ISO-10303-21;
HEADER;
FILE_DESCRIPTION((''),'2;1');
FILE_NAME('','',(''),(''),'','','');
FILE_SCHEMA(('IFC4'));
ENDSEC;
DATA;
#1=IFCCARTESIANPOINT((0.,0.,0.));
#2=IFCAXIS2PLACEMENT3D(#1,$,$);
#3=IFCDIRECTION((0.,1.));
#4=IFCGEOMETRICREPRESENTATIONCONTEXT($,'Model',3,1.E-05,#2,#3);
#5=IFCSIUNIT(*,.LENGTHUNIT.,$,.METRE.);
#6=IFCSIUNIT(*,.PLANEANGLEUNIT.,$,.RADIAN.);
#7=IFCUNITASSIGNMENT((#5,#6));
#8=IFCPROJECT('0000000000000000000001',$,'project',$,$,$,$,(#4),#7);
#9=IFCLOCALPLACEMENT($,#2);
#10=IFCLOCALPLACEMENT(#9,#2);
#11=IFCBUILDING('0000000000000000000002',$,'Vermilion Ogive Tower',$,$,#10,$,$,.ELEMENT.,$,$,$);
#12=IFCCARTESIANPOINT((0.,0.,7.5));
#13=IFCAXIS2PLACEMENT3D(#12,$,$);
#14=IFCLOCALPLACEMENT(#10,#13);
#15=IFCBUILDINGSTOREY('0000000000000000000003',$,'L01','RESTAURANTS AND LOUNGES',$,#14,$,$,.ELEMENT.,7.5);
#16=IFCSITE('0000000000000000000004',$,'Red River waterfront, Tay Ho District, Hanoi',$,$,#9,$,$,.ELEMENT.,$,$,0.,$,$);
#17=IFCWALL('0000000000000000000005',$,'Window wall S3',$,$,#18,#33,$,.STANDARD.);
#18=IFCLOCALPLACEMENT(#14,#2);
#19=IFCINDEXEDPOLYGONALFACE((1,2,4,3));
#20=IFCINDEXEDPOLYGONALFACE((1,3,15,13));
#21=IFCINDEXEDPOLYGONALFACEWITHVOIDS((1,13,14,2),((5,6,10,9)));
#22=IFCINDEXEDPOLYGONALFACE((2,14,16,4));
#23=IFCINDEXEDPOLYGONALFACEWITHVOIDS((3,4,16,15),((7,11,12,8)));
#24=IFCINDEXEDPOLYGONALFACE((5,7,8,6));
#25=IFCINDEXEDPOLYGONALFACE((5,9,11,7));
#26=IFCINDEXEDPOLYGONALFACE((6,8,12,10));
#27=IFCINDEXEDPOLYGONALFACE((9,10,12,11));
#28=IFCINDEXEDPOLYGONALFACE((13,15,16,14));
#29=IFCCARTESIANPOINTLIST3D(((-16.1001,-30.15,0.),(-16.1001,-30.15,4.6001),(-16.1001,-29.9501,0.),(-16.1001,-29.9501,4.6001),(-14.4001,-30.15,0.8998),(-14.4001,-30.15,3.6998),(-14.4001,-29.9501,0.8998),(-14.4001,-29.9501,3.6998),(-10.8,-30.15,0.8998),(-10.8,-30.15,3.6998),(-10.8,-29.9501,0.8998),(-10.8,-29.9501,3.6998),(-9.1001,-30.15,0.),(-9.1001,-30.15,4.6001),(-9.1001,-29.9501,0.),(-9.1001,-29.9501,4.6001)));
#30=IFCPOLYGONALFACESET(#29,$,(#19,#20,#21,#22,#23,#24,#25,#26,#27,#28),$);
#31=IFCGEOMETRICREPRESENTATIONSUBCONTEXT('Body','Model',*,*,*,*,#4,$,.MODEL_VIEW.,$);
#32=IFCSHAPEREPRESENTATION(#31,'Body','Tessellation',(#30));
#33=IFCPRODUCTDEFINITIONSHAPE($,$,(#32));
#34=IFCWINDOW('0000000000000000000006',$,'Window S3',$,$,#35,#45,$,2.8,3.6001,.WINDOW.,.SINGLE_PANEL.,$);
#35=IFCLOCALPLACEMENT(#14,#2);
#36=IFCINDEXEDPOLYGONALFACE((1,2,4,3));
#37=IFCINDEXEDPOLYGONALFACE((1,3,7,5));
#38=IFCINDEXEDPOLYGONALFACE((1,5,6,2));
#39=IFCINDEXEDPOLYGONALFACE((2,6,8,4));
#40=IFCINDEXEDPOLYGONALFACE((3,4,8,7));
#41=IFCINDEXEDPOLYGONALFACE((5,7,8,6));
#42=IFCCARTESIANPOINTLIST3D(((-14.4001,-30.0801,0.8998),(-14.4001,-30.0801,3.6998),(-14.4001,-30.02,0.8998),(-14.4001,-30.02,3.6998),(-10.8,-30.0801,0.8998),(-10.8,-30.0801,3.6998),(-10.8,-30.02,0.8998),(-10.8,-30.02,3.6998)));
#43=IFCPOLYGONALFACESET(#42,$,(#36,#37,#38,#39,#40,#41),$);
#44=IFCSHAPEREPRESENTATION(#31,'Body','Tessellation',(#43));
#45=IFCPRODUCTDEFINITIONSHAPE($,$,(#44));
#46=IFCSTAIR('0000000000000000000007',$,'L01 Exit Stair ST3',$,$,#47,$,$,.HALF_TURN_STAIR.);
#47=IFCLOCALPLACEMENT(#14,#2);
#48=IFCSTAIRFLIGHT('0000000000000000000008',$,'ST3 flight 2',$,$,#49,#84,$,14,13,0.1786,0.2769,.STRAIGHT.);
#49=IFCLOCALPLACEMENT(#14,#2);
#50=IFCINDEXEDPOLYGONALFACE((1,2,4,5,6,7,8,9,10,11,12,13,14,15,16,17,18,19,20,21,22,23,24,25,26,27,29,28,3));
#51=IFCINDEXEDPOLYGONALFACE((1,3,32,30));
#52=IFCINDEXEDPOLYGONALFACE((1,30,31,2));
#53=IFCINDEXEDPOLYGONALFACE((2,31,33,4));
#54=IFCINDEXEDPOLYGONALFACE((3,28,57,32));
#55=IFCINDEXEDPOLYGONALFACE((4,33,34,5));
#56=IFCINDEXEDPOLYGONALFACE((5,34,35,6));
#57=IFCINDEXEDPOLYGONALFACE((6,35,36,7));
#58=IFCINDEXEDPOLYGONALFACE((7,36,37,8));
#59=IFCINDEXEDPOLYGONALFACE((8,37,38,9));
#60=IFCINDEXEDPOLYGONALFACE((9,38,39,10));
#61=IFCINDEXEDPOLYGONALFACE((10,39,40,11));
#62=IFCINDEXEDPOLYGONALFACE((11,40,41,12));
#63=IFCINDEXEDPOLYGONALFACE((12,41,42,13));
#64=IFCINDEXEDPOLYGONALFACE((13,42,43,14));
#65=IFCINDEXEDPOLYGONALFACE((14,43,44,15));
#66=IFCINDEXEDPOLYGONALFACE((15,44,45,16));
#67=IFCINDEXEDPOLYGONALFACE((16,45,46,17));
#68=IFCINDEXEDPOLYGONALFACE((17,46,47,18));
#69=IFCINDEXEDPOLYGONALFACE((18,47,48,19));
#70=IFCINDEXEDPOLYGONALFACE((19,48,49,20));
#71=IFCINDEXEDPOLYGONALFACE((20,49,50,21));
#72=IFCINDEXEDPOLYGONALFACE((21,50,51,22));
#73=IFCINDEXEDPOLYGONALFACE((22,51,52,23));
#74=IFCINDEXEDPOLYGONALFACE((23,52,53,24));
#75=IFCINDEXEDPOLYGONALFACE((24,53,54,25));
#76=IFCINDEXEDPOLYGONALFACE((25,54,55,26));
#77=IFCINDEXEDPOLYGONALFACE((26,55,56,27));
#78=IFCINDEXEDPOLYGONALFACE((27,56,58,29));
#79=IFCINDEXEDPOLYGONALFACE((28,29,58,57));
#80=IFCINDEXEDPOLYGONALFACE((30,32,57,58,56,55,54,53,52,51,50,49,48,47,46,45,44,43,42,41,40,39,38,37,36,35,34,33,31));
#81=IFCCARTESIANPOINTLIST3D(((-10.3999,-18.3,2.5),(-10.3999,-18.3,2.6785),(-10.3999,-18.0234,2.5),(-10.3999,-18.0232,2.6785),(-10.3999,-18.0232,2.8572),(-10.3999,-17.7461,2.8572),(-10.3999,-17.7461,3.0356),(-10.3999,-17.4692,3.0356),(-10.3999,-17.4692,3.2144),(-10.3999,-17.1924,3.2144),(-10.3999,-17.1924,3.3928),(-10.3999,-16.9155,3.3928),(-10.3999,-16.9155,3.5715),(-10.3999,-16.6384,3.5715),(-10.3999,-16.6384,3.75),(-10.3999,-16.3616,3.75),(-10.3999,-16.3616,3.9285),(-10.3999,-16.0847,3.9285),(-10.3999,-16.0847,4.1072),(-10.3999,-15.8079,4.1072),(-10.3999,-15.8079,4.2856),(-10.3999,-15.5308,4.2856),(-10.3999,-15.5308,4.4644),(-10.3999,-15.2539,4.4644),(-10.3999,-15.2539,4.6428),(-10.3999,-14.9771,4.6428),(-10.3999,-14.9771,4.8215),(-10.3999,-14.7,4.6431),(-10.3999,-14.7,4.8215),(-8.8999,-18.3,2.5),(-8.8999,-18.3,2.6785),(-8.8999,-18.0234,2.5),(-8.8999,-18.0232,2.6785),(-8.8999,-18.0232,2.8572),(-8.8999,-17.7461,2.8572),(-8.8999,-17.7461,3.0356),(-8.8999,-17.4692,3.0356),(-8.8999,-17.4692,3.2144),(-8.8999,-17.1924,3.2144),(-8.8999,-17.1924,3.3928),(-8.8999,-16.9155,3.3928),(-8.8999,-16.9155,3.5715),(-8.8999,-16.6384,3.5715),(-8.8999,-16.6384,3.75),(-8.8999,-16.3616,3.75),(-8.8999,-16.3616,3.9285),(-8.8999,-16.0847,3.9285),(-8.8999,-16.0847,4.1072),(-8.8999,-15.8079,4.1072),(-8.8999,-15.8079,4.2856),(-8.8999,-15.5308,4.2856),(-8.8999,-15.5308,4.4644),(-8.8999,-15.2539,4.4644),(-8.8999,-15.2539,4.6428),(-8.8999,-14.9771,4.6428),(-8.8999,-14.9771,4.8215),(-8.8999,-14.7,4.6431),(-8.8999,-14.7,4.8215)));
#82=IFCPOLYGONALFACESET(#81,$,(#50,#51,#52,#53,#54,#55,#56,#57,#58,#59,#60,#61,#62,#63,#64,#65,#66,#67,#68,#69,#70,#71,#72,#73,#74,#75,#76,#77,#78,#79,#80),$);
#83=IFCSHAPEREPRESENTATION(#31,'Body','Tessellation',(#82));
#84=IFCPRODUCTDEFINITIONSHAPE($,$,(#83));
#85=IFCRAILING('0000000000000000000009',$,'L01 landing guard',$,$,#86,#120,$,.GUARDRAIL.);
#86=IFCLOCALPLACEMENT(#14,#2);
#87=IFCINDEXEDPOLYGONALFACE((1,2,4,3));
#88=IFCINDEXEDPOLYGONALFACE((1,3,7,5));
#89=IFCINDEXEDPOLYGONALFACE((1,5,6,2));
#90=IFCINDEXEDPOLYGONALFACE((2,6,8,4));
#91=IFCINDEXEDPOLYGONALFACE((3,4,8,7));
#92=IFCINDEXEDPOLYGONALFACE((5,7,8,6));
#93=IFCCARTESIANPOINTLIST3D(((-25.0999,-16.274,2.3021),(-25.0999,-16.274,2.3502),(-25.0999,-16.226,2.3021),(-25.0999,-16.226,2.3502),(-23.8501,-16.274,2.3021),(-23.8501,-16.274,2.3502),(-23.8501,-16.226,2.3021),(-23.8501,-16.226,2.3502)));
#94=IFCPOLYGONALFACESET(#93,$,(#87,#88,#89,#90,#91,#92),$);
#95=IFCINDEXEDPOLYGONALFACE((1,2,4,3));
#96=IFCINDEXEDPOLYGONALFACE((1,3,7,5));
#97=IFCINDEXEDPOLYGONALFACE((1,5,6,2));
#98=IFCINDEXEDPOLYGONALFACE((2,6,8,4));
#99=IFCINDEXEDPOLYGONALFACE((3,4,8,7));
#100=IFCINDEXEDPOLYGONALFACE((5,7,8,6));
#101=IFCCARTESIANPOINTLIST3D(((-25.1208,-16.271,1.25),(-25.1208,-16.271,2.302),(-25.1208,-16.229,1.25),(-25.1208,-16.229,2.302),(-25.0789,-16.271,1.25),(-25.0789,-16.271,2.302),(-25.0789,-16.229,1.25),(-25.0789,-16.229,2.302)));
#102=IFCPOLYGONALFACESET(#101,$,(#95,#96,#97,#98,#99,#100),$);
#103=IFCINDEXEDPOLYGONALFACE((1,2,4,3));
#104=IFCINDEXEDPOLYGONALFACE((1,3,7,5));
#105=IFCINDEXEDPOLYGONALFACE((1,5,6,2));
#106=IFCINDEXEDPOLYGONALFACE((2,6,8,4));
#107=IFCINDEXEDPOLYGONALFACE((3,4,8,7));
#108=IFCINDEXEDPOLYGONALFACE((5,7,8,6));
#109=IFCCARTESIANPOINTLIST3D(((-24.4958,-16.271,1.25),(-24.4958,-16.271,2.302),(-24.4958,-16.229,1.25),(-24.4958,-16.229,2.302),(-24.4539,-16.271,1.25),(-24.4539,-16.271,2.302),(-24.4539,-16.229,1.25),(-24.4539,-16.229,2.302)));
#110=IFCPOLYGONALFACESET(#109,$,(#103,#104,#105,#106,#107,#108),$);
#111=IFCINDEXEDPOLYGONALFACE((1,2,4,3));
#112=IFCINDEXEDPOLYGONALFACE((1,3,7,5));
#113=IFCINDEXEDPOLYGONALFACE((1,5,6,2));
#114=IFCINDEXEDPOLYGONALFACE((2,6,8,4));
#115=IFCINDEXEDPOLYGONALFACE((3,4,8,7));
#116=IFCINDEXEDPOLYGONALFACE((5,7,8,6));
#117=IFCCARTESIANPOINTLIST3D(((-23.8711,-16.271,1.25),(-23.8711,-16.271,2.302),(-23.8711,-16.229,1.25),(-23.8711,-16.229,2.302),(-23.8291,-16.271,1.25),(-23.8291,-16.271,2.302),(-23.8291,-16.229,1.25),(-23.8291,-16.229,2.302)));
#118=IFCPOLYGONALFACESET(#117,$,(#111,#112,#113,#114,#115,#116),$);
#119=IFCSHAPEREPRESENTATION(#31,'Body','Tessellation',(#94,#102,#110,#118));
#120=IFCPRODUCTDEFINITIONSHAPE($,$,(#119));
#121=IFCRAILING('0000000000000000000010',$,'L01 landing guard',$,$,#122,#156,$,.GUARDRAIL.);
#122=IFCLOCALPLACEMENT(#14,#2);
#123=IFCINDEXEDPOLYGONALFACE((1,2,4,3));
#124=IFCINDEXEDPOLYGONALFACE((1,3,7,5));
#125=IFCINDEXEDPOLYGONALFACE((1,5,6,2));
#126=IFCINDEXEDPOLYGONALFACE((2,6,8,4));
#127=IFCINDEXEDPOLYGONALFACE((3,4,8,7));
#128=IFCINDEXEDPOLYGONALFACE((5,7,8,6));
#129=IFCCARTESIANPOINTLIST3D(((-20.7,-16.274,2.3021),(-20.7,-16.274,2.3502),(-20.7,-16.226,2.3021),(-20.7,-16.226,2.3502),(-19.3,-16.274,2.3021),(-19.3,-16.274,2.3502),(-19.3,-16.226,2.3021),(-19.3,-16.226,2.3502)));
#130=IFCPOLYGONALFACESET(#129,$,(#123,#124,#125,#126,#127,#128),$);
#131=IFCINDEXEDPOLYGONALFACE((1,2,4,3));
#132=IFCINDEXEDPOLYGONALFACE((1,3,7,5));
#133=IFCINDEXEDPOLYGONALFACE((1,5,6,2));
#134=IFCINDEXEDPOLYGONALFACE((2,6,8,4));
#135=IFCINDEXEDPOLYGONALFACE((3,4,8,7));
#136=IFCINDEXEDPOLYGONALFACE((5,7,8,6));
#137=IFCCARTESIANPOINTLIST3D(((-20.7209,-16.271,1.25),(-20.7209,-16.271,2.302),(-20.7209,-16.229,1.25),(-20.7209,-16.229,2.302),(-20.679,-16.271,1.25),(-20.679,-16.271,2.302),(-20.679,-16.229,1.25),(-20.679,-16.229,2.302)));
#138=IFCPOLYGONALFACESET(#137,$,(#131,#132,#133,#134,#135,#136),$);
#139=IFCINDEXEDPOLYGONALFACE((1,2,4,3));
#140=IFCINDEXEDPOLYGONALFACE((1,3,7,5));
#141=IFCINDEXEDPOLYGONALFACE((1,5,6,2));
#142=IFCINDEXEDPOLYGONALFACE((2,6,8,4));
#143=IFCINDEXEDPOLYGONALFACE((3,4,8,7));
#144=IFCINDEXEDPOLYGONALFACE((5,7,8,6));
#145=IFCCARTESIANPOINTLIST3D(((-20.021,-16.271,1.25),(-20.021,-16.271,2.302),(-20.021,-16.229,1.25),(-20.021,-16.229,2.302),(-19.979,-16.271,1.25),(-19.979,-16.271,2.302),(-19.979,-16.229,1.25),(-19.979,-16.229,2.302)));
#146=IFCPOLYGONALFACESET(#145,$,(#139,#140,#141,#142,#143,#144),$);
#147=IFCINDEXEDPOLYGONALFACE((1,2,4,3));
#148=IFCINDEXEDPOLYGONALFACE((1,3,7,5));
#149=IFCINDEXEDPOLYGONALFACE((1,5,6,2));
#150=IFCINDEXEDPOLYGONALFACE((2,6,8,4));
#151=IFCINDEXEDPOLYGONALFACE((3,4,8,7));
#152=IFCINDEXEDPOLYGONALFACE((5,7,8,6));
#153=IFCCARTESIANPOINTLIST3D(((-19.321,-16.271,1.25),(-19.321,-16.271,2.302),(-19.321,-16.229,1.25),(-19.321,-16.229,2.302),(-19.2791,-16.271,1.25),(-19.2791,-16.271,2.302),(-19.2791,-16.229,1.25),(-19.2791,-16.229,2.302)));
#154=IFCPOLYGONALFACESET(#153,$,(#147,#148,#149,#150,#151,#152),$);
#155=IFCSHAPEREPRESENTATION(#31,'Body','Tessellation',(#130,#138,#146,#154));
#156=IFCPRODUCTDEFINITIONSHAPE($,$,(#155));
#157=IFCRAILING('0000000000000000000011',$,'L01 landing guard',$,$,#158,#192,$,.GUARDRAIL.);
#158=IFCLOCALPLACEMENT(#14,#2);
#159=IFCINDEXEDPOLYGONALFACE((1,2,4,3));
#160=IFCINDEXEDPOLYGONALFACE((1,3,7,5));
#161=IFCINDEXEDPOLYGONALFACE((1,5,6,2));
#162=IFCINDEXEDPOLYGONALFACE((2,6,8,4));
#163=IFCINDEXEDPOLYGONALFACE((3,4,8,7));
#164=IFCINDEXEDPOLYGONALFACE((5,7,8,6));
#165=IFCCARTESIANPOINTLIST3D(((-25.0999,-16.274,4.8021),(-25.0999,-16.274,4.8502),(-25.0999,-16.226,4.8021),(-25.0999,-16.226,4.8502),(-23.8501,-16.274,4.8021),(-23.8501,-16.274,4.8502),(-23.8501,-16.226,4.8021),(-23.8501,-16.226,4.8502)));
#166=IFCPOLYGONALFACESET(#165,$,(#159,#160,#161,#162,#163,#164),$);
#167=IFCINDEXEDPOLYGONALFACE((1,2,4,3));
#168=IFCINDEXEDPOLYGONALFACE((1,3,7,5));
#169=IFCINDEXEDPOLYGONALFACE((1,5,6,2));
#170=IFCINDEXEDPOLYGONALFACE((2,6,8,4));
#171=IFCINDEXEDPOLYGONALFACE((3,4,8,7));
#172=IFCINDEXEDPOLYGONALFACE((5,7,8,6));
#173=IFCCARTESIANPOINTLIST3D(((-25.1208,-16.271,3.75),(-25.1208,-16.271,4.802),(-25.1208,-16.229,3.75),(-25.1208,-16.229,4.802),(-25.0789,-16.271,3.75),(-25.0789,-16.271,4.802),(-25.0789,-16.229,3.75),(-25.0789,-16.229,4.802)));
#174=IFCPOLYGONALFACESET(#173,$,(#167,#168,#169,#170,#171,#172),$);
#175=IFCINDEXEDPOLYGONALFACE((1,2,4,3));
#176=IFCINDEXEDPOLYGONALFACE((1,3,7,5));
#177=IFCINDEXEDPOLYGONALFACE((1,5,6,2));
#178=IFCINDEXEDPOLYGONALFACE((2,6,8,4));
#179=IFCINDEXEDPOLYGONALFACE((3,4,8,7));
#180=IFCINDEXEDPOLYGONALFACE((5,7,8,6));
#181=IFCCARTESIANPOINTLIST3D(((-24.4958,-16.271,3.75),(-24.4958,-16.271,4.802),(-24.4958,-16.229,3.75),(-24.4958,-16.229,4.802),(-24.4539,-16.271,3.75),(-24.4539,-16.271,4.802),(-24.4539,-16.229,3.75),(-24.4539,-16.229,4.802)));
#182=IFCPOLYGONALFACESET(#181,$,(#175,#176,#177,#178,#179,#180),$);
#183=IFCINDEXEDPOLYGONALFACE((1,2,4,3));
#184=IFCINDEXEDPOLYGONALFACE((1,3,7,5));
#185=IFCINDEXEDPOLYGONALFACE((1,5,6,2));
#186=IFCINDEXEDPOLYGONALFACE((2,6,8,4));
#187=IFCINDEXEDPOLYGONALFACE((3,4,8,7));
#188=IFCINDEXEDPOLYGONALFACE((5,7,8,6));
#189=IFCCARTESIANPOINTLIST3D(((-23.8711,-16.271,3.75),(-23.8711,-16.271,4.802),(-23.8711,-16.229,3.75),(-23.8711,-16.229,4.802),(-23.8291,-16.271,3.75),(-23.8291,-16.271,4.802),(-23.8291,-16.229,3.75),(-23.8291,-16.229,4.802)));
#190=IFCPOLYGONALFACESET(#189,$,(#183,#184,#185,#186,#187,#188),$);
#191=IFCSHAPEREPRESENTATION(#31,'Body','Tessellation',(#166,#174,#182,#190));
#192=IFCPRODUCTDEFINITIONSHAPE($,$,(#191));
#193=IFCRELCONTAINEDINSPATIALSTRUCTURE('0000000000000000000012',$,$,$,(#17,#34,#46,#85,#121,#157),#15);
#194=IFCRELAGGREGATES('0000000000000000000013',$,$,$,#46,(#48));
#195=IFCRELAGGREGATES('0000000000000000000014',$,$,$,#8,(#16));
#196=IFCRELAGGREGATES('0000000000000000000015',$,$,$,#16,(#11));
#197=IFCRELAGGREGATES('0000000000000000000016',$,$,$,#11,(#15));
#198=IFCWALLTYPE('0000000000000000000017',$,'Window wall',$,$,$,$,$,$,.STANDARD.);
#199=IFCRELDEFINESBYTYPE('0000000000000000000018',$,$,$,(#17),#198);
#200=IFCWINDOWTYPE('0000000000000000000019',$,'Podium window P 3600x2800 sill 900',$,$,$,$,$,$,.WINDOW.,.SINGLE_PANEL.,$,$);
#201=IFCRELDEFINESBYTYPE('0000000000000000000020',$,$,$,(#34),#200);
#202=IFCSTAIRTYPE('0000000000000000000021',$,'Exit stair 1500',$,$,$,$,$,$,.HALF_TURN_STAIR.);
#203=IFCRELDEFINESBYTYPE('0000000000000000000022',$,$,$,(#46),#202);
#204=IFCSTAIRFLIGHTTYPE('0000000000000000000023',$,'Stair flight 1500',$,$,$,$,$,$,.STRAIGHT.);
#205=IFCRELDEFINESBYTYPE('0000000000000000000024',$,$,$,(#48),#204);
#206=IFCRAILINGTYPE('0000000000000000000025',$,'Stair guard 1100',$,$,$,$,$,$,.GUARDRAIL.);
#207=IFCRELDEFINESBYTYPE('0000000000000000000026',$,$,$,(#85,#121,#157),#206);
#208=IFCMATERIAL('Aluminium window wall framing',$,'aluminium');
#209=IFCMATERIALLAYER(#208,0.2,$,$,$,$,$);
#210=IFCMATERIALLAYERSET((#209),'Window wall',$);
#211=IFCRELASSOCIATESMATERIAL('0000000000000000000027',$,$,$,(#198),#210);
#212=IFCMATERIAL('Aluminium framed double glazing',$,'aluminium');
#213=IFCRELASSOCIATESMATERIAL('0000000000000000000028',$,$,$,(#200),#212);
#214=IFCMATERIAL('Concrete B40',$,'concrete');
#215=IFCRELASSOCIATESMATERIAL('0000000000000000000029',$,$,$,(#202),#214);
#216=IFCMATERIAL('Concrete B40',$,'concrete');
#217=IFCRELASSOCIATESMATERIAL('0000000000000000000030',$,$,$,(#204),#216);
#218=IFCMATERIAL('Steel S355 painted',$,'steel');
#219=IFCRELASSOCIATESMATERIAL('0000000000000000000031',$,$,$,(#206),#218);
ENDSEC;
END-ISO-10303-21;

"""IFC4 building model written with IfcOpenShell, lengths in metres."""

from ifc_helpers import new_model, si_unit, direction, frame, frame_2d, origin, origin_2d, place, context, subcontext, project, spatial, polyline, rectangle, outline, extrude, material, layer, layer_set, type_object, element, fill, aggregate, save


model = new_model("IFC4")

# Units and contexts
model_context = context("Model", 3, precision=1e-05, world=origin(), true_north=direction((0.0, 1.0)))
body_context = subcontext(model_context, "Body", "Model", "MODEL_VIEW")
ifc_project = project(units=[si_unit("LENGTHUNIT", "METRE"), si_unit("PLANEANGLEUNIT", "RADIAN")], contexts=[model_context])

# Site, building, storey
site_placement = place(None, origin())
site = spatial("IfcSite", under=ifc_project, at=site_placement, Name="Red River waterfront, Tay Ho District, Hanoi", CompositionType="ELEMENT", RefElevation=0.0)
building_placement = place(site_placement, origin())
building = spatial("IfcBuilding", under=site, at=building_placement, Name="Vermilion Ogive Tower", CompositionType="ELEMENT")
storey_placement = place(building_placement, frame((0.0, 0.0, 7.5)))
storey = spatial("IfcBuildingStorey", under=building, at=storey_placement, Name="L01", Description="RESTAURANTS AND LOUNGES", CompositionType="ELEMENT", Elevation=7.5)

# Wall, opening, window
ifc_material_1 = material(Name="Aluminium window wall framing", Category="aluminium")
ifc_layer_1 = layer(ifc_material_1, 0.2)
ifc_layer_set_1 = layer_set([ifc_layer_1], Name="Window wall")
wall_type_1 = type_object("IfcWallType", Name="Window wall", PredefinedType="STANDARD", material=ifc_layer_set_1)
ifc_material_2 = material(Name="Aluminium framed double glazing", Category="aluminium")
window_type = type_object("IfcWindowType", Name="Podium window P 3600x2800 sill 900", PartitioningType="SINGLE_PANEL", PredefinedType="WINDOW", material=ifc_material_2)
wall_1_placement = place(storey_placement, frame((-16.1001, -30.05, 0.0), z_axis=(0.0, 0.0, 1.0), x_axis=(1.0, 0.0, 0.0)))
wall_1 = element("IfcWall", 1, at=wall_1_placement, inside=storey, type_object=wall_type_1, Name="Window wall S3", PredefinedType="STANDARD", context=body_context, shape_type="SweptSolid", body=[
    extrude(rectangle(XDim=7.0, YDim=0.2, at=frame_2d((3.5, 0.0))), origin(), (0.0, 0.0, 1.0), 4.6001),
])
opening_1_placement = place(wall_1_placement, frame((1.7, 0.0, 0.8999)))
opening_1 = element("IfcOpeningElement", 2, at=opening_1_placement, cuts=wall_1, PredefinedType="OPENING", context=body_context, shape_type="SweptSolid", body=[
    extrude(rectangle(XDim=3.6001, YDim=2.8, at=frame_2d((1.8, 1.3999))), frame((0.0, 0.1099, 0.0), z_axis=(0.0, -1.0, 0.0), x_axis=(1.0, 0.0, 0.0)), (0.0, 0.0, 1.0), 0.22),
])
window_1_placement = place(opening_1_placement, origin())
window_1 = element("IfcWindow", 3, at=window_1_placement, inside=storey, type_object=window_type, Name="Window S3", OverallHeight=2.8, OverallWidth=3.6001, PartitioningType="SINGLE_PANEL", PredefinedType="WINDOW", context=body_context, shape_type="SweptSolid", body=[
    extrude(rectangle(XDim=3.6001, YDim=2.8, at=frame_2d((1.8, 1.3999))), frame((0.0, 0.03, 0.0), z_axis=(0.0, -1.0, 0.0), x_axis=(1.0, 0.0, 0.0)), (0.0, 0.0, 1.0), 0.0601),
])
fill(opening_1, window_1)

# Stair, stair flight
ifc_material_3 = material(Name="Concrete B40", Category="concrete")
stair_type = type_object("IfcStairType", Name="Exit stair 1500", PredefinedType="HALF_TURN_STAIR", material=ifc_material_3)
stair_placement = place(storey_placement, origin())
stair = element("IfcStair", 4, at=stair_placement, inside=storey, type_object=stair_type, Name="L01 Exit Stair ST3", PredefinedType="HALF_TURN_STAIR")
ifc_material_4 = material(Name="Concrete B40", Category="concrete")
stair_flight_type = type_object("IfcStairFlightType", Name="Stair flight 1500", PredefinedType="STRAIGHT", material=ifc_material_4)
stair_flight_placement = place(storey_placement, frame((-9.6499, -18.3, 2.5), z_axis=(0.0, 0.0, 1.0), x_axis=(0.0, 1.0, 0.0)))
stair_flight = element("IfcStairFlight", 5, at=stair_flight_placement, type_object=stair_flight_type, Name="ST3 flight 2", NumberOfRisers=14, NumberOfTreads=13, PredefinedType="STRAIGHT", RiserHeight=0.1786, TreadLength=0.2769, context=body_context, shape_type="SweptSolid", body=[
    extrude(outline(polyline([(0.0, 0.0), (0.0, 0.1785), (0.2769, 0.1785), (0.2769, 0.3572), (0.554, 0.3572), (0.554, 0.5356), (0.8308, 0.5356), (0.8308, 0.7144), (1.1077, 0.7144), (1.1077, 0.8928), (1.3845, 0.8928), (1.3845, 1.0715), (1.6616, 1.0715), (1.6616, 1.25), (1.9385, 1.25), (1.9385, 1.4285), (2.2153, 1.4285), (2.2153, 1.6072), (2.4922, 1.6072), (2.4922, 1.7856), (2.7693, 1.7856), (2.7693, 1.9644), (3.0461, 1.9644), (3.0461, 2.1428), (3.323, 2.1428), (3.323, 2.3215), (3.6001, 2.3215), (3.6001, 2.5), (3.6001, 2.1431), (0.2766, 0.0), (0.0, 0.0)])), frame((0.0, 0.75, 0.0), z_axis=(0.0, -1.0, 0.0), x_axis=(1.0, 0.0, 0.0)), (0.0, 0.0, 1.0), 1.5),
])
aggregate(stair, [stair_flight])

# Railings
ifc_material_5 = material(Name="Steel S355 painted", Category="steel")
railing_type_1 = type_object("IfcRailingType", Name="Stair guard 1100", PredefinedType="GUARDRAIL", material=ifc_material_5)
railing_1_placement = place(storey_placement, frame((-25.0999, -16.25, 1.25)))
element("IfcRailing", 6, at=railing_1_placement, inside=storey, type_object=railing_type_1, Name="L01 landing guard", PredefinedType="GUARDRAIL", context=body_context, shape_type="SweptSolid", body=[
    extrude(rectangle(XDim=0.0481, YDim=0.0481, at=origin_2d()), frame((0.0, 0.0, 1.0762), z_axis=(1.0, 0.0, 0.0), x_axis=(0.0, 1.0, 0.0)), (0.0, 0.0, 1.0), 1.2498),
    extrude(rectangle(XDim=0.042, YDim=0.042, at=origin_2d()), origin(), (0.0, 0.0, 1.0), 1.052),
    extrude(rectangle(XDim=0.042, YDim=0.042, at=origin_2d()), frame((0.625, 0.0, 0.0)), (0.0, 0.0, 1.0), 1.052),
    extrude(rectangle(XDim=0.042, YDim=0.042, at=origin_2d()), frame((1.2498, 0.0, 0.0)), (0.0, 0.0, 1.0), 1.052),
])
railing_2_placement = place(storey_placement, frame((-20.7, -16.25, 1.25)))
element("IfcRailing", 7, at=railing_2_placement, inside=storey, type_object=railing_type_1, Name="L01 landing guard", PredefinedType="GUARDRAIL", context=body_context, shape_type="SweptSolid", body=[
    extrude(rectangle(XDim=0.0481, YDim=0.0481, at=origin_2d()), frame((0.0, 0.0, 1.0762), z_axis=(1.0, 0.0, 0.0), x_axis=(0.0, 1.0, 0.0)), (0.0, 0.0, 1.0), 1.3999),
    extrude(rectangle(XDim=0.042, YDim=0.042, at=origin_2d()), origin(), (0.0, 0.0, 1.0), 1.052),
    extrude(rectangle(XDim=0.042, YDim=0.042, at=origin_2d()), frame((0.7, 0.0, 0.0)), (0.0, 0.0, 1.0), 1.052),
    extrude(rectangle(XDim=0.042, YDim=0.042, at=origin_2d()), frame((1.3999, 0.0, 0.0)), (0.0, 0.0, 1.0), 1.052),
])
railing_3_placement = place(storey_placement, frame((-25.0999, -16.25, 3.75)))
element("IfcRailing", 8, at=railing_3_placement, inside=storey, type_object=railing_type_1, Name="L01 landing guard", PredefinedType="GUARDRAIL", context=body_context, shape_type="SweptSolid", body=[
    extrude(rectangle(XDim=0.0481, YDim=0.0481, at=origin_2d()), frame((0.0, 0.0, 1.0762), z_axis=(1.0, 0.0, 0.0), x_axis=(0.0, 1.0, 0.0)), (0.0, 0.0, 1.0), 1.2498),
    extrude(rectangle(XDim=0.042, YDim=0.042, at=origin_2d()), origin(), (0.0, 0.0, 1.0), 1.052),
    extrude(rectangle(XDim=0.042, YDim=0.042, at=origin_2d()), frame((0.625, 0.0, 0.0)), (0.0, 0.0, 1.0), 1.052),
    extrude(rectangle(XDim=0.042, YDim=0.042, at=origin_2d()), frame((1.2498, 0.0, 0.0)), (0.0, 0.0, 1.0), 1.052),
])

save(model, "model.ifc")
